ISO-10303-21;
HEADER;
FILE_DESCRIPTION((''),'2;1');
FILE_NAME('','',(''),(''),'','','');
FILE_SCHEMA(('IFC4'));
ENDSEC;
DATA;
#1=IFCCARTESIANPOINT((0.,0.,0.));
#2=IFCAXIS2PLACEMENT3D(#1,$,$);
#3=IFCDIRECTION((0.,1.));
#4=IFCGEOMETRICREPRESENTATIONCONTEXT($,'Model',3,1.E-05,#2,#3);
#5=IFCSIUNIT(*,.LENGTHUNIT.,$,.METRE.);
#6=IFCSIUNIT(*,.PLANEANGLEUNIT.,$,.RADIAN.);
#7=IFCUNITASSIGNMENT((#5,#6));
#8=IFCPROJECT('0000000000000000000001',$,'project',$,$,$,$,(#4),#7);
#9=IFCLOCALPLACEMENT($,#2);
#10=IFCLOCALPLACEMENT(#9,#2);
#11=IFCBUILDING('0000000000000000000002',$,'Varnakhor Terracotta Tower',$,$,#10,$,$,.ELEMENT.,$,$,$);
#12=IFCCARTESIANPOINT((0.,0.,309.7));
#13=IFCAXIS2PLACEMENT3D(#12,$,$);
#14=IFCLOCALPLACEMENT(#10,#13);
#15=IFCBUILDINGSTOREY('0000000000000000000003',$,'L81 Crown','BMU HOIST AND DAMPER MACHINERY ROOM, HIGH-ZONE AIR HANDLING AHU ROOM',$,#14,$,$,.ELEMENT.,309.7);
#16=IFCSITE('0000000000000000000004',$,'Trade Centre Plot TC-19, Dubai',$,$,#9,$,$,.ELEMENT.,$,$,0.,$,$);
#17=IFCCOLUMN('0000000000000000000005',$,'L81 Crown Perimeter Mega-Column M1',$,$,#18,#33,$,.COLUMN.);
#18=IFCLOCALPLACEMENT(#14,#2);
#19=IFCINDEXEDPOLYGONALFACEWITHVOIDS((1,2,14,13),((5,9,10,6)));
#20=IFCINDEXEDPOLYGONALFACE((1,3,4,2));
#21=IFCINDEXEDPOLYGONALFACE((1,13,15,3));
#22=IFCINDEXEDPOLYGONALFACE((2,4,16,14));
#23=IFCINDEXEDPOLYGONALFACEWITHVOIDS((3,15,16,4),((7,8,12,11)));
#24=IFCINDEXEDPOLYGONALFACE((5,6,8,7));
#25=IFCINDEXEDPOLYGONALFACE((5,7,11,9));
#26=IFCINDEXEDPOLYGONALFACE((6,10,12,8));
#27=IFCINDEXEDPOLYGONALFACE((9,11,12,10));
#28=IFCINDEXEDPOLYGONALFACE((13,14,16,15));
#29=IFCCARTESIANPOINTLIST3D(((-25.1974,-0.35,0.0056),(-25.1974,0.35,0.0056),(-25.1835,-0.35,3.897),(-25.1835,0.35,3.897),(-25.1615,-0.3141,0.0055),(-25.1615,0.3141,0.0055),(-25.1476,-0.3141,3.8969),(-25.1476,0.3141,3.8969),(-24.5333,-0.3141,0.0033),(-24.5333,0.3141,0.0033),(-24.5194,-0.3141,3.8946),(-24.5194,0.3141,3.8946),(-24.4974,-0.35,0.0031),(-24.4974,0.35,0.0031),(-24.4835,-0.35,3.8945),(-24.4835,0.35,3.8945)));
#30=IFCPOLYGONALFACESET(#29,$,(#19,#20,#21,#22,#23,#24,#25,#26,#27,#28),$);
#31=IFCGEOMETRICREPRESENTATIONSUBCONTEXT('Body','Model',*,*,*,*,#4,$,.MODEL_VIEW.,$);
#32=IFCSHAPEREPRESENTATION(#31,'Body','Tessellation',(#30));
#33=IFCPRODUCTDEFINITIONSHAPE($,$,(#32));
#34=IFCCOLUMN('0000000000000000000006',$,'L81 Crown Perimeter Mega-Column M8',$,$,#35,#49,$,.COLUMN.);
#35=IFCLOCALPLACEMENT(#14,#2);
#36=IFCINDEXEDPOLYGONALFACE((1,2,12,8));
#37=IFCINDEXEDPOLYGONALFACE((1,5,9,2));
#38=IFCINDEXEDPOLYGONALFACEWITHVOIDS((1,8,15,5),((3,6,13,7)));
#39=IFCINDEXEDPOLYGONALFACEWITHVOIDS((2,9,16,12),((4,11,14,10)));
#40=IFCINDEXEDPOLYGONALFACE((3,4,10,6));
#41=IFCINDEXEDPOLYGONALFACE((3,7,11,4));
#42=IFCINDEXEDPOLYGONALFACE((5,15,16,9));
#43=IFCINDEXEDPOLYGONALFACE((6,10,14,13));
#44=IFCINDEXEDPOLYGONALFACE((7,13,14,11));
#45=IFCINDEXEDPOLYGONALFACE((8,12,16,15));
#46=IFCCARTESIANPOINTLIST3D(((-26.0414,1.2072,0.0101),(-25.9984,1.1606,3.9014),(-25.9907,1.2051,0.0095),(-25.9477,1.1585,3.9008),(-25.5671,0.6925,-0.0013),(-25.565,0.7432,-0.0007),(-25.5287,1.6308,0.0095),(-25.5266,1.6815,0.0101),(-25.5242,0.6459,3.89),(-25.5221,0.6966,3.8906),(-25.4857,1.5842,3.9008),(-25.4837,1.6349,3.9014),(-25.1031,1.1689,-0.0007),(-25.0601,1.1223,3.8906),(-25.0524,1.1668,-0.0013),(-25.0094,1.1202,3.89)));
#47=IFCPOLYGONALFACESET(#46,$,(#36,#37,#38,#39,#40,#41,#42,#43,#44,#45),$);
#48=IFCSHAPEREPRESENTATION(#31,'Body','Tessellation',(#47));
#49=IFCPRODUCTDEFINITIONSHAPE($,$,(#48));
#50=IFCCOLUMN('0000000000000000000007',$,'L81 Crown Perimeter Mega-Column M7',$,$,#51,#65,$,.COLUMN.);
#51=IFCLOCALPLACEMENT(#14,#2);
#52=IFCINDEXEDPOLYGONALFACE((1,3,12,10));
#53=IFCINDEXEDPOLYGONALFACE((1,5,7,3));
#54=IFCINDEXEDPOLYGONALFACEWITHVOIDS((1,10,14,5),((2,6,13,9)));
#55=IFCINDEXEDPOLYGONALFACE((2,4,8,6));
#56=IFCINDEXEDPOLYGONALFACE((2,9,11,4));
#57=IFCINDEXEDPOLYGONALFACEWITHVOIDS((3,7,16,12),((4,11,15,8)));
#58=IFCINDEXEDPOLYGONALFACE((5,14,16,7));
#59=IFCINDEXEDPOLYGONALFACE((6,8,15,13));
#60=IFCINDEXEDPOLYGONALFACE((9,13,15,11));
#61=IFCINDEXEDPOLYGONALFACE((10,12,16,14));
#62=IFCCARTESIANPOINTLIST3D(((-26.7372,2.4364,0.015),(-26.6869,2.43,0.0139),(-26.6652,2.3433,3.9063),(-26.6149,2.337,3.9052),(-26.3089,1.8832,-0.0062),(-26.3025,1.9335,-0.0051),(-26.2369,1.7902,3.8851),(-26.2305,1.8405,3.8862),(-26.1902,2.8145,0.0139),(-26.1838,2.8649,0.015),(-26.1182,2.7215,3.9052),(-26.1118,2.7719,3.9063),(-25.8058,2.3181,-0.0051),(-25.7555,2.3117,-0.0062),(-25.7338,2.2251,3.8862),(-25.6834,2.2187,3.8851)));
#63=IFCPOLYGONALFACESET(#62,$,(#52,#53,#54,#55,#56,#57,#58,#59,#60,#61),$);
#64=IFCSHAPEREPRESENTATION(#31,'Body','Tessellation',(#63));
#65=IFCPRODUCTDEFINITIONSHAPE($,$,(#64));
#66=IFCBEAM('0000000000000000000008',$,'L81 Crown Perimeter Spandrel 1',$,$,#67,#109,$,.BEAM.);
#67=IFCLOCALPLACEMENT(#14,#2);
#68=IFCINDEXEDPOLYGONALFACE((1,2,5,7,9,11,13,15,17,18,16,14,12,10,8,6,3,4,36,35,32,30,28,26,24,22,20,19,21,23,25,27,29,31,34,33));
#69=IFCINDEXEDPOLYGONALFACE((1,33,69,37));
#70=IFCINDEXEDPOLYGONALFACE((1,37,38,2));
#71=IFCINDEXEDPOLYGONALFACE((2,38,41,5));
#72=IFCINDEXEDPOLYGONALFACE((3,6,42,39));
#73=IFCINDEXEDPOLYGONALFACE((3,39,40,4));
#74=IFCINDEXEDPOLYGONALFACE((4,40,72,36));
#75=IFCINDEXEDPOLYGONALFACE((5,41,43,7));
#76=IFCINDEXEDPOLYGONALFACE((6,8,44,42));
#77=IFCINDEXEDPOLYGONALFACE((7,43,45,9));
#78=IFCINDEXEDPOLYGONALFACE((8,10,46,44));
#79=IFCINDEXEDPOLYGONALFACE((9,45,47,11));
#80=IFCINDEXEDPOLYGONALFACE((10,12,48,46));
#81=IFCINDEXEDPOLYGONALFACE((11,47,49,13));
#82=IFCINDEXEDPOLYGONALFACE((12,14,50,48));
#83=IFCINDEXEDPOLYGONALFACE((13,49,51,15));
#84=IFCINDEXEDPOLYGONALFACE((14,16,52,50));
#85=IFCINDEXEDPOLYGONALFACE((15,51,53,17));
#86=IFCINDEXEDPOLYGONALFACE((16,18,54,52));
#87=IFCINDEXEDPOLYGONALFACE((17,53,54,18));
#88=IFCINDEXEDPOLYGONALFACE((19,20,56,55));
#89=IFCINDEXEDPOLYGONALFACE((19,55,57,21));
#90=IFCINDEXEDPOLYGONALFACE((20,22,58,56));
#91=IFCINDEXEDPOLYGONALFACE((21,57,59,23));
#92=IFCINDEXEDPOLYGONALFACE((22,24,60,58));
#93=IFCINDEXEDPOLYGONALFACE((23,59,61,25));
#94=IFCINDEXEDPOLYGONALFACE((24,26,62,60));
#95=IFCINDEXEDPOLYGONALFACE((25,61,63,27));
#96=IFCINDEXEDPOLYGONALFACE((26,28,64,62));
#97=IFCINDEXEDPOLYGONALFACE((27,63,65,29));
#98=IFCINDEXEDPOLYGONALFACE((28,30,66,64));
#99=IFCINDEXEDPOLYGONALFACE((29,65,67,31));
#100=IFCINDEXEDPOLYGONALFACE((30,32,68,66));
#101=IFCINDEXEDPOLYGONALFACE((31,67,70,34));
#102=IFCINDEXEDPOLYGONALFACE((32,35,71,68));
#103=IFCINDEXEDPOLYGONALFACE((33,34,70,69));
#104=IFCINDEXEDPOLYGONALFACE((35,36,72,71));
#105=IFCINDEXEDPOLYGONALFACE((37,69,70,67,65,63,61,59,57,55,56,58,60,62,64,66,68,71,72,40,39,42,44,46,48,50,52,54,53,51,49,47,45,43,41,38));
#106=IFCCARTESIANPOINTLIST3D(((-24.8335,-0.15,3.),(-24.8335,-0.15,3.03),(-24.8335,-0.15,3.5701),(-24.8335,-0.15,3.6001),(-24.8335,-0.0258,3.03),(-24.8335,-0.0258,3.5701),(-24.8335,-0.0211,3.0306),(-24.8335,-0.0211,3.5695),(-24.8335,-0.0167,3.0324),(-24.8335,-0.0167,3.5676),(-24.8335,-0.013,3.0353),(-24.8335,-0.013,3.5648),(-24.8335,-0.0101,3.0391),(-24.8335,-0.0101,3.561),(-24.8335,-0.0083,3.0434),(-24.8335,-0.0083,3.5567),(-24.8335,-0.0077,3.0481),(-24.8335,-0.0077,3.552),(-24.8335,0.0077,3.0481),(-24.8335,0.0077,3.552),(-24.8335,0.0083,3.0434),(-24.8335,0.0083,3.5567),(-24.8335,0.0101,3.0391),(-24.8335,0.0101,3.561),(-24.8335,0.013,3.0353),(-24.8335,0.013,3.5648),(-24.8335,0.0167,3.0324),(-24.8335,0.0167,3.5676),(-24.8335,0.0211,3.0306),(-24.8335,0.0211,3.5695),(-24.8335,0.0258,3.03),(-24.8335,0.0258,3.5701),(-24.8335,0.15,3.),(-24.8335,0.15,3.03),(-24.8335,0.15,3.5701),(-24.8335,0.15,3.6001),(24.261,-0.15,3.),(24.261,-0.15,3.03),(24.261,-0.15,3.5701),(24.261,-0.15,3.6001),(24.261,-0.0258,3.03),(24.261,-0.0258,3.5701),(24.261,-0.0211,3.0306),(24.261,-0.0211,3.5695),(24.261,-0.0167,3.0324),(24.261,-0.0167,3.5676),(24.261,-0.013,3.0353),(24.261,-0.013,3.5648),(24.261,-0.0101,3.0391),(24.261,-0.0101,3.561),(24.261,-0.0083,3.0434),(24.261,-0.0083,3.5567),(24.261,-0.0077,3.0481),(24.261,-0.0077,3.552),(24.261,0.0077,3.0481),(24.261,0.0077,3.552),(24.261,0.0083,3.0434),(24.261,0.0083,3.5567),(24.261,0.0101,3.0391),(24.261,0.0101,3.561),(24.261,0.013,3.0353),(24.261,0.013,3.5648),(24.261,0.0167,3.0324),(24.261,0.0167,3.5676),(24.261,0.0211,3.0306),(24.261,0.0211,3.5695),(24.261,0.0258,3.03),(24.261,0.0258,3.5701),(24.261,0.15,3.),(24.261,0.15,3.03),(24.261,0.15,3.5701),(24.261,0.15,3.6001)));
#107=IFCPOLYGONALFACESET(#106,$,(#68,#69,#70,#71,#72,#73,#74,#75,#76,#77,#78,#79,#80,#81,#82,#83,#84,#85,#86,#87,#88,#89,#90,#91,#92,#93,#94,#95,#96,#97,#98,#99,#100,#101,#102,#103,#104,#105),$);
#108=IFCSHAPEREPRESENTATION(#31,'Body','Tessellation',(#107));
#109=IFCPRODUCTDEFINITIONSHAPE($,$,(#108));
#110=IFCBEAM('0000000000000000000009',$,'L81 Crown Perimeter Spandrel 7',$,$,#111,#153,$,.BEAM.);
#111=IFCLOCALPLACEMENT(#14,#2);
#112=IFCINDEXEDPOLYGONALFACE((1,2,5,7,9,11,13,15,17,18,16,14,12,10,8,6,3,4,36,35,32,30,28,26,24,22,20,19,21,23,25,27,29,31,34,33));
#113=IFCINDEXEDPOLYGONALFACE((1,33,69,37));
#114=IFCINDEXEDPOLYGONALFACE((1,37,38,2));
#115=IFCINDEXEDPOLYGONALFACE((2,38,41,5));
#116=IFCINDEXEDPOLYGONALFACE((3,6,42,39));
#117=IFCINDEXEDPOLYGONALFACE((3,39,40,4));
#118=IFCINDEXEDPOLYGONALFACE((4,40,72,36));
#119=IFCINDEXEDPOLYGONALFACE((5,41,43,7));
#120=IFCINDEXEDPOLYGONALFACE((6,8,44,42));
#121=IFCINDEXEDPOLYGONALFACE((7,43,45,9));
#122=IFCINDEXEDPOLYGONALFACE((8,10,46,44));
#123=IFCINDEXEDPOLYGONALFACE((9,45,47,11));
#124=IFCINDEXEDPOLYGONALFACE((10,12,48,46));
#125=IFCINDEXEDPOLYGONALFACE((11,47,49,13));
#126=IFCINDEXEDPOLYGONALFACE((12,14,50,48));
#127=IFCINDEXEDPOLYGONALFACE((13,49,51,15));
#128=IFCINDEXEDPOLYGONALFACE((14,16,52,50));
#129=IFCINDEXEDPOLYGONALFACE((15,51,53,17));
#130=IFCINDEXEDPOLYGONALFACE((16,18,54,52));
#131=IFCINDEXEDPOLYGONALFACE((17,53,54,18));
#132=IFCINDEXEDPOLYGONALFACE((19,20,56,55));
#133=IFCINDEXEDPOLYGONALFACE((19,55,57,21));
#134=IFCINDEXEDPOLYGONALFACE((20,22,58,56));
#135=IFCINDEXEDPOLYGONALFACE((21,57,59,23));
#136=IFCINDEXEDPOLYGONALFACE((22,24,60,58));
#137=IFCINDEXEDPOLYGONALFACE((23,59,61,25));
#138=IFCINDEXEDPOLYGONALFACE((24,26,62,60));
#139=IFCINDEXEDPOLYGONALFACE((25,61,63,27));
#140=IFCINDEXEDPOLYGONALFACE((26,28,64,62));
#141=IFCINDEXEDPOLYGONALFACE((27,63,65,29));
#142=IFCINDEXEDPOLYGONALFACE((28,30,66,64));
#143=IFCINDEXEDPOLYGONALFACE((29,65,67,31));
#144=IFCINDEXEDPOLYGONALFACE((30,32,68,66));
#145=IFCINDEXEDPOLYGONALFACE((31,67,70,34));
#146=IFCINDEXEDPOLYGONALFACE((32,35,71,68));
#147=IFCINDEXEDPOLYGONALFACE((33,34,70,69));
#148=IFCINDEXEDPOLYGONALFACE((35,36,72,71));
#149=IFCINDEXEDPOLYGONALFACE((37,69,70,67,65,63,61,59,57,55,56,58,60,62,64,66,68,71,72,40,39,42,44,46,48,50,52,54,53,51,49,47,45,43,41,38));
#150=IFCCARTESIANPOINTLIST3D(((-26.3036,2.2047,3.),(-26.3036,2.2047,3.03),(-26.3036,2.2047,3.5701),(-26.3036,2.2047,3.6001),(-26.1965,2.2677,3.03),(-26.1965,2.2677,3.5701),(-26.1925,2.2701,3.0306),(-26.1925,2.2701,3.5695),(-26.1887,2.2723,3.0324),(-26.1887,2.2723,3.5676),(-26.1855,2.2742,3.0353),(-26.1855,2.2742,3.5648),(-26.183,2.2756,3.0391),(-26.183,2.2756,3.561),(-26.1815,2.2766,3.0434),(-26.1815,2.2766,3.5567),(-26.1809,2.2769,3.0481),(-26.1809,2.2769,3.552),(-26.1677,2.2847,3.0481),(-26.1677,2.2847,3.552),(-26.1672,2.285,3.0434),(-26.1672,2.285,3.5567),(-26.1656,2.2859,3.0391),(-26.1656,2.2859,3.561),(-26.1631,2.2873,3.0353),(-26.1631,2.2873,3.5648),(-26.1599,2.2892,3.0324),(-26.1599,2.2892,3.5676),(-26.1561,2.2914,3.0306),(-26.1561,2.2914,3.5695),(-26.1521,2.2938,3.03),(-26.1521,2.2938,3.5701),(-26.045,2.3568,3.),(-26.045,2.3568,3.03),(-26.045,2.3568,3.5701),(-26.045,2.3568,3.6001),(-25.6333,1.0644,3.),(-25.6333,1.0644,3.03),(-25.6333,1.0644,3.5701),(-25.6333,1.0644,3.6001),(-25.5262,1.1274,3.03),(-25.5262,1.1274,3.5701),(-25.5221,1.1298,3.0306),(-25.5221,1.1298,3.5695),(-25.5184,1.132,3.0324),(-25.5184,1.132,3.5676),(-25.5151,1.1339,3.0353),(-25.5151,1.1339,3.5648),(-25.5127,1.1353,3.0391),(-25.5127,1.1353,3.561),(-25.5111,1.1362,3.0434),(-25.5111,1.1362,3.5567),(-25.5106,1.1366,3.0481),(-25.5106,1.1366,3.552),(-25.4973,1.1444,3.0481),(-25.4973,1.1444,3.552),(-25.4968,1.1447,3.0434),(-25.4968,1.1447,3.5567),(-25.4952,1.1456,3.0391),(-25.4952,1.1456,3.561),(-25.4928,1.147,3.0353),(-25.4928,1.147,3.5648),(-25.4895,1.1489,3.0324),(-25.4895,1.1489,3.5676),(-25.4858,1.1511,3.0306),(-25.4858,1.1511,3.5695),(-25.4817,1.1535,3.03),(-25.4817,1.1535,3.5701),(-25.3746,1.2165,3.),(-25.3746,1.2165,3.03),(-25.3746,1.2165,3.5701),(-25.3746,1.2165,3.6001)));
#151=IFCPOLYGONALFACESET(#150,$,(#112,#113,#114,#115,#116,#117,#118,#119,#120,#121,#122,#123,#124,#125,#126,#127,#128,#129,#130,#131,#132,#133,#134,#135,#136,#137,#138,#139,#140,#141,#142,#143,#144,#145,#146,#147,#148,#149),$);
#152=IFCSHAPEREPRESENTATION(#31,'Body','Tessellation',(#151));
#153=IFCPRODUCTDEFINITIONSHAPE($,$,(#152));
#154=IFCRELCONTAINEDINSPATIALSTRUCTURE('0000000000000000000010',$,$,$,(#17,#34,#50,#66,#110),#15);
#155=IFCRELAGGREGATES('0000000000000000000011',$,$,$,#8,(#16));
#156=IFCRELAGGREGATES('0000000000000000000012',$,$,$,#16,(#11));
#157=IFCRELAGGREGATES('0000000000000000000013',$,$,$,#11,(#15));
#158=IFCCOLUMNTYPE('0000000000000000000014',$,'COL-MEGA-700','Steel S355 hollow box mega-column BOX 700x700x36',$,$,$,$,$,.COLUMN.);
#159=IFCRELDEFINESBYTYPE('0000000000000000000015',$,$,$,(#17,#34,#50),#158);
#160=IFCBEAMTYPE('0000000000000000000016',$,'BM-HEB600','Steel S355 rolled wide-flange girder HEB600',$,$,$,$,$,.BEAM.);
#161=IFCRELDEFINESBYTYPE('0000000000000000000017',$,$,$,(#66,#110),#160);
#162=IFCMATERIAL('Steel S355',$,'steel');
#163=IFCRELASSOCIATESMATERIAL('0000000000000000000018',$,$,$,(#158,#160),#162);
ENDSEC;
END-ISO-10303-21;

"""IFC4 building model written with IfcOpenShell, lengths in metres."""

from ifc_helpers import new_model, si_unit, direction, frame, origin, origin_2d, place, context, subcontext, project, spatial, hollow_rectangle, i_section, extrude, source, transform, mapped, material, material_profile, profile_set, type_object, type_shapes, element, save


model = new_model("IFC4")

# Units and contexts
model_context = context("Model", 3, precision=1e-05, world=origin(), true_north=direction((0.0, 1.0)))
body_context = subcontext(model_context, "Body", "Model", "MODEL_VIEW")
ifc_project = project(units=[si_unit("LENGTHUNIT", "METRE"), si_unit("PLANEANGLEUNIT", "RADIAN")], contexts=[model_context])

# Site, building, storey
site_placement = place(None, origin())
site = spatial("IfcSite", under=ifc_project, at=site_placement, Name="Trade Centre Plot TC-19, Dubai", CompositionType="ELEMENT", RefElevation=0.0)
building_placement = place(site_placement, origin())
building = spatial("IfcBuilding", under=site, at=building_placement, Name="Varnakhor Terracotta Tower", CompositionType="ELEMENT")
storey_placement = place(building_placement, frame((0.0, 0.0, 309.7)))
storey = spatial("IfcBuildingStorey", under=building, at=storey_placement, Name="L81 Crown", Description="BMU HOIST AND DAMPER MACHINERY ROOM, HIGH-ZONE AIR HANDLING AHU ROOM", CompositionType="ELEMENT", Elevation=309.7)

# Columns
ifc_material_1 = material(Name="Steel S355", Category="steel")
ifc_material_profile_1 = material_profile(ifc_material_1, hollow_rectangle(XDim=0.7, YDim=0.7, WallThickness=0.0359, at=origin_2d()), Name="BOX 700x700x36")
ifc_profile_set_1 = profile_set([ifc_material_profile_1], Name="Steel S355")
column_type = type_object("IfcColumnType", Name="COL-MEGA-700", Description="Steel S355 hollow box mega-column BOX 700x700x36", PredefinedType="COLUMN", material=ifc_profile_set_1)
shared_shape_1 = source(origin(), body_context, "Body", "SweptSolid", [
    extrude(hollow_rectangle(XDim=0.7, YDim=0.7, WallThickness=0.0359, at=origin_2d()), origin(), (0.0, 0.0, 1.0), 3.8914),
])
column_1_placement = place(storey_placement, frame((-24.8474, 0.0, 0.0044), z_axis=(0.003576, 0.0, 0.999994), x_axis=(0.0, 1.0, 0.0)))
element("IfcColumn", 1, at=column_1_placement, inside=storey, type_object=column_type, Name="L81 Crown Perimeter Mega-Column M1", PredefinedType="COLUMN", context=body_context, shape_type="MappedRepresentation", body=[
    mapped(shared_shape_1, transform((0.0, 0.0, 0.0), scale=1.0)),
])
shared_shape_2 = source(origin(), body_context, "Body", "SweptSolid", [
    extrude(hollow_rectangle(XDim=0.7, YDim=0.7, WallThickness=0.0359, at=origin_2d()), origin(), (0.0, 0.0, 1.0), 3.8918),
])
column_2_placement = place(storey_placement, frame((-25.5469, 1.187, 0.0044), z_axis=(0.011041, -0.011982, 0.999867), x_axis=(0.735394, 0.67764, 0.0)))
element("IfcColumn", 2, at=column_2_placement, inside=storey, type_object=column_type, Name="L81 Crown Perimeter Mega-Column M8", PredefinedType="COLUMN", context=body_context, shape_type="MappedRepresentation", body=[
    mapped(shared_shape_2, transform((0.0, 0.0, 0.0), scale=1.0)),
])
shared_shape_3 = source(origin(), body_context, "Body", "SweptSolid", [
    extrude(hollow_rectangle(XDim=0.7, YDim=0.7, WallThickness=0.0359, at=origin_2d()), origin(), (0.0, 0.0, 1.0), 3.8931),
])
column_3_placement = place(storey_placement, frame((-26.2463, 2.374, 0.0044), z_axis=(0.0185, -0.023893, 0.999543), x_axis=(0.790691, 0.612215, 0.0)))
element("IfcColumn", 3, at=column_3_placement, inside=storey, type_object=column_type, Name="L81 Crown Perimeter Mega-Column M7", PredefinedType="COLUMN", context=body_context, shape_type="MappedRepresentation", body=[
    mapped(shared_shape_3, transform((0.0, 0.0, 0.0), scale=1.0)),
])

# Beams
ifc_material_profile_2 = material_profile(ifc_material_1, i_section(OverallWidth=0.3, OverallDepth=0.6001, WebThickness=0.0154, FlangeThickness=0.03, FilletRadius=0.0181, at=origin_2d()), Name="HEB600")
ifc_profile_set_2 = profile_set([ifc_material_profile_2], Name="Steel S355")
beam_type_1 = type_object("IfcBeamType", Name="BM-HEB600", Description="Steel S355 rolled wide-flange girder HEB600", PredefinedType="BEAM", material=ifc_profile_set_2)
shared_shape_4 = source(origin(), body_context, "Body", "SweptSolid", [
    extrude(i_section(OverallWidth=0.3, OverallDepth=0.6001, WebThickness=0.0154, FlangeThickness=0.03, FilletRadius=0.0181, at=origin_2d()), origin(), (0.0, 0.0, 1.0), 49.0945),
])
type_shapes(beam_type_1, [shared_shape_4])
beam_1_placement = place(storey_placement, frame((-24.8335, 0.0, 3.3), z_axis=(1.0, 0.0, 0.0), x_axis=(0.0, 1.0, 0.0)))
element("IfcBeam", 4, at=beam_1_placement, inside=storey, type_object=beam_type_1, Name="L81 Crown Perimeter Spandrel 1", PredefinedType="BEAM", context=body_context, shape_type="MappedRepresentation", body=[
    mapped(shared_shape_4, transform((0.0, 0.0, 0.0), scale=1.0)),
])
shared_shape_5 = source(origin(), body_context, "Body", "SweptSolid", [
    extrude(i_section(OverallWidth=0.3, OverallDepth=0.6001, WebThickness=0.0154, FlangeThickness=0.03, FilletRadius=0.0181, at=origin_2d()), origin(), (0.0, 0.0, 1.0), 1.3228),
])
for number, where, z_axis, x_axis, name in (
    (5, (-26.1743, 2.2808, 3.3), (0.506794, -0.862067, 0.0), (0.862067, 0.506794, 0.0), "L81 Crown Perimeter Spandrel 7"),
):
    element("IfcBeam", number, at=place(storey_placement, frame(where, z_axis=z_axis, x_axis=x_axis)), inside=storey, type_object=beam_type_1, Name=name, PredefinedType="BEAM", context=body_context, shape_type="MappedRepresentation", body=[
        mapped(shared_shape_5, transform((0.0, 0.0, 0.0), scale=1.0)),
    ])

save(model, "model.ifc")
